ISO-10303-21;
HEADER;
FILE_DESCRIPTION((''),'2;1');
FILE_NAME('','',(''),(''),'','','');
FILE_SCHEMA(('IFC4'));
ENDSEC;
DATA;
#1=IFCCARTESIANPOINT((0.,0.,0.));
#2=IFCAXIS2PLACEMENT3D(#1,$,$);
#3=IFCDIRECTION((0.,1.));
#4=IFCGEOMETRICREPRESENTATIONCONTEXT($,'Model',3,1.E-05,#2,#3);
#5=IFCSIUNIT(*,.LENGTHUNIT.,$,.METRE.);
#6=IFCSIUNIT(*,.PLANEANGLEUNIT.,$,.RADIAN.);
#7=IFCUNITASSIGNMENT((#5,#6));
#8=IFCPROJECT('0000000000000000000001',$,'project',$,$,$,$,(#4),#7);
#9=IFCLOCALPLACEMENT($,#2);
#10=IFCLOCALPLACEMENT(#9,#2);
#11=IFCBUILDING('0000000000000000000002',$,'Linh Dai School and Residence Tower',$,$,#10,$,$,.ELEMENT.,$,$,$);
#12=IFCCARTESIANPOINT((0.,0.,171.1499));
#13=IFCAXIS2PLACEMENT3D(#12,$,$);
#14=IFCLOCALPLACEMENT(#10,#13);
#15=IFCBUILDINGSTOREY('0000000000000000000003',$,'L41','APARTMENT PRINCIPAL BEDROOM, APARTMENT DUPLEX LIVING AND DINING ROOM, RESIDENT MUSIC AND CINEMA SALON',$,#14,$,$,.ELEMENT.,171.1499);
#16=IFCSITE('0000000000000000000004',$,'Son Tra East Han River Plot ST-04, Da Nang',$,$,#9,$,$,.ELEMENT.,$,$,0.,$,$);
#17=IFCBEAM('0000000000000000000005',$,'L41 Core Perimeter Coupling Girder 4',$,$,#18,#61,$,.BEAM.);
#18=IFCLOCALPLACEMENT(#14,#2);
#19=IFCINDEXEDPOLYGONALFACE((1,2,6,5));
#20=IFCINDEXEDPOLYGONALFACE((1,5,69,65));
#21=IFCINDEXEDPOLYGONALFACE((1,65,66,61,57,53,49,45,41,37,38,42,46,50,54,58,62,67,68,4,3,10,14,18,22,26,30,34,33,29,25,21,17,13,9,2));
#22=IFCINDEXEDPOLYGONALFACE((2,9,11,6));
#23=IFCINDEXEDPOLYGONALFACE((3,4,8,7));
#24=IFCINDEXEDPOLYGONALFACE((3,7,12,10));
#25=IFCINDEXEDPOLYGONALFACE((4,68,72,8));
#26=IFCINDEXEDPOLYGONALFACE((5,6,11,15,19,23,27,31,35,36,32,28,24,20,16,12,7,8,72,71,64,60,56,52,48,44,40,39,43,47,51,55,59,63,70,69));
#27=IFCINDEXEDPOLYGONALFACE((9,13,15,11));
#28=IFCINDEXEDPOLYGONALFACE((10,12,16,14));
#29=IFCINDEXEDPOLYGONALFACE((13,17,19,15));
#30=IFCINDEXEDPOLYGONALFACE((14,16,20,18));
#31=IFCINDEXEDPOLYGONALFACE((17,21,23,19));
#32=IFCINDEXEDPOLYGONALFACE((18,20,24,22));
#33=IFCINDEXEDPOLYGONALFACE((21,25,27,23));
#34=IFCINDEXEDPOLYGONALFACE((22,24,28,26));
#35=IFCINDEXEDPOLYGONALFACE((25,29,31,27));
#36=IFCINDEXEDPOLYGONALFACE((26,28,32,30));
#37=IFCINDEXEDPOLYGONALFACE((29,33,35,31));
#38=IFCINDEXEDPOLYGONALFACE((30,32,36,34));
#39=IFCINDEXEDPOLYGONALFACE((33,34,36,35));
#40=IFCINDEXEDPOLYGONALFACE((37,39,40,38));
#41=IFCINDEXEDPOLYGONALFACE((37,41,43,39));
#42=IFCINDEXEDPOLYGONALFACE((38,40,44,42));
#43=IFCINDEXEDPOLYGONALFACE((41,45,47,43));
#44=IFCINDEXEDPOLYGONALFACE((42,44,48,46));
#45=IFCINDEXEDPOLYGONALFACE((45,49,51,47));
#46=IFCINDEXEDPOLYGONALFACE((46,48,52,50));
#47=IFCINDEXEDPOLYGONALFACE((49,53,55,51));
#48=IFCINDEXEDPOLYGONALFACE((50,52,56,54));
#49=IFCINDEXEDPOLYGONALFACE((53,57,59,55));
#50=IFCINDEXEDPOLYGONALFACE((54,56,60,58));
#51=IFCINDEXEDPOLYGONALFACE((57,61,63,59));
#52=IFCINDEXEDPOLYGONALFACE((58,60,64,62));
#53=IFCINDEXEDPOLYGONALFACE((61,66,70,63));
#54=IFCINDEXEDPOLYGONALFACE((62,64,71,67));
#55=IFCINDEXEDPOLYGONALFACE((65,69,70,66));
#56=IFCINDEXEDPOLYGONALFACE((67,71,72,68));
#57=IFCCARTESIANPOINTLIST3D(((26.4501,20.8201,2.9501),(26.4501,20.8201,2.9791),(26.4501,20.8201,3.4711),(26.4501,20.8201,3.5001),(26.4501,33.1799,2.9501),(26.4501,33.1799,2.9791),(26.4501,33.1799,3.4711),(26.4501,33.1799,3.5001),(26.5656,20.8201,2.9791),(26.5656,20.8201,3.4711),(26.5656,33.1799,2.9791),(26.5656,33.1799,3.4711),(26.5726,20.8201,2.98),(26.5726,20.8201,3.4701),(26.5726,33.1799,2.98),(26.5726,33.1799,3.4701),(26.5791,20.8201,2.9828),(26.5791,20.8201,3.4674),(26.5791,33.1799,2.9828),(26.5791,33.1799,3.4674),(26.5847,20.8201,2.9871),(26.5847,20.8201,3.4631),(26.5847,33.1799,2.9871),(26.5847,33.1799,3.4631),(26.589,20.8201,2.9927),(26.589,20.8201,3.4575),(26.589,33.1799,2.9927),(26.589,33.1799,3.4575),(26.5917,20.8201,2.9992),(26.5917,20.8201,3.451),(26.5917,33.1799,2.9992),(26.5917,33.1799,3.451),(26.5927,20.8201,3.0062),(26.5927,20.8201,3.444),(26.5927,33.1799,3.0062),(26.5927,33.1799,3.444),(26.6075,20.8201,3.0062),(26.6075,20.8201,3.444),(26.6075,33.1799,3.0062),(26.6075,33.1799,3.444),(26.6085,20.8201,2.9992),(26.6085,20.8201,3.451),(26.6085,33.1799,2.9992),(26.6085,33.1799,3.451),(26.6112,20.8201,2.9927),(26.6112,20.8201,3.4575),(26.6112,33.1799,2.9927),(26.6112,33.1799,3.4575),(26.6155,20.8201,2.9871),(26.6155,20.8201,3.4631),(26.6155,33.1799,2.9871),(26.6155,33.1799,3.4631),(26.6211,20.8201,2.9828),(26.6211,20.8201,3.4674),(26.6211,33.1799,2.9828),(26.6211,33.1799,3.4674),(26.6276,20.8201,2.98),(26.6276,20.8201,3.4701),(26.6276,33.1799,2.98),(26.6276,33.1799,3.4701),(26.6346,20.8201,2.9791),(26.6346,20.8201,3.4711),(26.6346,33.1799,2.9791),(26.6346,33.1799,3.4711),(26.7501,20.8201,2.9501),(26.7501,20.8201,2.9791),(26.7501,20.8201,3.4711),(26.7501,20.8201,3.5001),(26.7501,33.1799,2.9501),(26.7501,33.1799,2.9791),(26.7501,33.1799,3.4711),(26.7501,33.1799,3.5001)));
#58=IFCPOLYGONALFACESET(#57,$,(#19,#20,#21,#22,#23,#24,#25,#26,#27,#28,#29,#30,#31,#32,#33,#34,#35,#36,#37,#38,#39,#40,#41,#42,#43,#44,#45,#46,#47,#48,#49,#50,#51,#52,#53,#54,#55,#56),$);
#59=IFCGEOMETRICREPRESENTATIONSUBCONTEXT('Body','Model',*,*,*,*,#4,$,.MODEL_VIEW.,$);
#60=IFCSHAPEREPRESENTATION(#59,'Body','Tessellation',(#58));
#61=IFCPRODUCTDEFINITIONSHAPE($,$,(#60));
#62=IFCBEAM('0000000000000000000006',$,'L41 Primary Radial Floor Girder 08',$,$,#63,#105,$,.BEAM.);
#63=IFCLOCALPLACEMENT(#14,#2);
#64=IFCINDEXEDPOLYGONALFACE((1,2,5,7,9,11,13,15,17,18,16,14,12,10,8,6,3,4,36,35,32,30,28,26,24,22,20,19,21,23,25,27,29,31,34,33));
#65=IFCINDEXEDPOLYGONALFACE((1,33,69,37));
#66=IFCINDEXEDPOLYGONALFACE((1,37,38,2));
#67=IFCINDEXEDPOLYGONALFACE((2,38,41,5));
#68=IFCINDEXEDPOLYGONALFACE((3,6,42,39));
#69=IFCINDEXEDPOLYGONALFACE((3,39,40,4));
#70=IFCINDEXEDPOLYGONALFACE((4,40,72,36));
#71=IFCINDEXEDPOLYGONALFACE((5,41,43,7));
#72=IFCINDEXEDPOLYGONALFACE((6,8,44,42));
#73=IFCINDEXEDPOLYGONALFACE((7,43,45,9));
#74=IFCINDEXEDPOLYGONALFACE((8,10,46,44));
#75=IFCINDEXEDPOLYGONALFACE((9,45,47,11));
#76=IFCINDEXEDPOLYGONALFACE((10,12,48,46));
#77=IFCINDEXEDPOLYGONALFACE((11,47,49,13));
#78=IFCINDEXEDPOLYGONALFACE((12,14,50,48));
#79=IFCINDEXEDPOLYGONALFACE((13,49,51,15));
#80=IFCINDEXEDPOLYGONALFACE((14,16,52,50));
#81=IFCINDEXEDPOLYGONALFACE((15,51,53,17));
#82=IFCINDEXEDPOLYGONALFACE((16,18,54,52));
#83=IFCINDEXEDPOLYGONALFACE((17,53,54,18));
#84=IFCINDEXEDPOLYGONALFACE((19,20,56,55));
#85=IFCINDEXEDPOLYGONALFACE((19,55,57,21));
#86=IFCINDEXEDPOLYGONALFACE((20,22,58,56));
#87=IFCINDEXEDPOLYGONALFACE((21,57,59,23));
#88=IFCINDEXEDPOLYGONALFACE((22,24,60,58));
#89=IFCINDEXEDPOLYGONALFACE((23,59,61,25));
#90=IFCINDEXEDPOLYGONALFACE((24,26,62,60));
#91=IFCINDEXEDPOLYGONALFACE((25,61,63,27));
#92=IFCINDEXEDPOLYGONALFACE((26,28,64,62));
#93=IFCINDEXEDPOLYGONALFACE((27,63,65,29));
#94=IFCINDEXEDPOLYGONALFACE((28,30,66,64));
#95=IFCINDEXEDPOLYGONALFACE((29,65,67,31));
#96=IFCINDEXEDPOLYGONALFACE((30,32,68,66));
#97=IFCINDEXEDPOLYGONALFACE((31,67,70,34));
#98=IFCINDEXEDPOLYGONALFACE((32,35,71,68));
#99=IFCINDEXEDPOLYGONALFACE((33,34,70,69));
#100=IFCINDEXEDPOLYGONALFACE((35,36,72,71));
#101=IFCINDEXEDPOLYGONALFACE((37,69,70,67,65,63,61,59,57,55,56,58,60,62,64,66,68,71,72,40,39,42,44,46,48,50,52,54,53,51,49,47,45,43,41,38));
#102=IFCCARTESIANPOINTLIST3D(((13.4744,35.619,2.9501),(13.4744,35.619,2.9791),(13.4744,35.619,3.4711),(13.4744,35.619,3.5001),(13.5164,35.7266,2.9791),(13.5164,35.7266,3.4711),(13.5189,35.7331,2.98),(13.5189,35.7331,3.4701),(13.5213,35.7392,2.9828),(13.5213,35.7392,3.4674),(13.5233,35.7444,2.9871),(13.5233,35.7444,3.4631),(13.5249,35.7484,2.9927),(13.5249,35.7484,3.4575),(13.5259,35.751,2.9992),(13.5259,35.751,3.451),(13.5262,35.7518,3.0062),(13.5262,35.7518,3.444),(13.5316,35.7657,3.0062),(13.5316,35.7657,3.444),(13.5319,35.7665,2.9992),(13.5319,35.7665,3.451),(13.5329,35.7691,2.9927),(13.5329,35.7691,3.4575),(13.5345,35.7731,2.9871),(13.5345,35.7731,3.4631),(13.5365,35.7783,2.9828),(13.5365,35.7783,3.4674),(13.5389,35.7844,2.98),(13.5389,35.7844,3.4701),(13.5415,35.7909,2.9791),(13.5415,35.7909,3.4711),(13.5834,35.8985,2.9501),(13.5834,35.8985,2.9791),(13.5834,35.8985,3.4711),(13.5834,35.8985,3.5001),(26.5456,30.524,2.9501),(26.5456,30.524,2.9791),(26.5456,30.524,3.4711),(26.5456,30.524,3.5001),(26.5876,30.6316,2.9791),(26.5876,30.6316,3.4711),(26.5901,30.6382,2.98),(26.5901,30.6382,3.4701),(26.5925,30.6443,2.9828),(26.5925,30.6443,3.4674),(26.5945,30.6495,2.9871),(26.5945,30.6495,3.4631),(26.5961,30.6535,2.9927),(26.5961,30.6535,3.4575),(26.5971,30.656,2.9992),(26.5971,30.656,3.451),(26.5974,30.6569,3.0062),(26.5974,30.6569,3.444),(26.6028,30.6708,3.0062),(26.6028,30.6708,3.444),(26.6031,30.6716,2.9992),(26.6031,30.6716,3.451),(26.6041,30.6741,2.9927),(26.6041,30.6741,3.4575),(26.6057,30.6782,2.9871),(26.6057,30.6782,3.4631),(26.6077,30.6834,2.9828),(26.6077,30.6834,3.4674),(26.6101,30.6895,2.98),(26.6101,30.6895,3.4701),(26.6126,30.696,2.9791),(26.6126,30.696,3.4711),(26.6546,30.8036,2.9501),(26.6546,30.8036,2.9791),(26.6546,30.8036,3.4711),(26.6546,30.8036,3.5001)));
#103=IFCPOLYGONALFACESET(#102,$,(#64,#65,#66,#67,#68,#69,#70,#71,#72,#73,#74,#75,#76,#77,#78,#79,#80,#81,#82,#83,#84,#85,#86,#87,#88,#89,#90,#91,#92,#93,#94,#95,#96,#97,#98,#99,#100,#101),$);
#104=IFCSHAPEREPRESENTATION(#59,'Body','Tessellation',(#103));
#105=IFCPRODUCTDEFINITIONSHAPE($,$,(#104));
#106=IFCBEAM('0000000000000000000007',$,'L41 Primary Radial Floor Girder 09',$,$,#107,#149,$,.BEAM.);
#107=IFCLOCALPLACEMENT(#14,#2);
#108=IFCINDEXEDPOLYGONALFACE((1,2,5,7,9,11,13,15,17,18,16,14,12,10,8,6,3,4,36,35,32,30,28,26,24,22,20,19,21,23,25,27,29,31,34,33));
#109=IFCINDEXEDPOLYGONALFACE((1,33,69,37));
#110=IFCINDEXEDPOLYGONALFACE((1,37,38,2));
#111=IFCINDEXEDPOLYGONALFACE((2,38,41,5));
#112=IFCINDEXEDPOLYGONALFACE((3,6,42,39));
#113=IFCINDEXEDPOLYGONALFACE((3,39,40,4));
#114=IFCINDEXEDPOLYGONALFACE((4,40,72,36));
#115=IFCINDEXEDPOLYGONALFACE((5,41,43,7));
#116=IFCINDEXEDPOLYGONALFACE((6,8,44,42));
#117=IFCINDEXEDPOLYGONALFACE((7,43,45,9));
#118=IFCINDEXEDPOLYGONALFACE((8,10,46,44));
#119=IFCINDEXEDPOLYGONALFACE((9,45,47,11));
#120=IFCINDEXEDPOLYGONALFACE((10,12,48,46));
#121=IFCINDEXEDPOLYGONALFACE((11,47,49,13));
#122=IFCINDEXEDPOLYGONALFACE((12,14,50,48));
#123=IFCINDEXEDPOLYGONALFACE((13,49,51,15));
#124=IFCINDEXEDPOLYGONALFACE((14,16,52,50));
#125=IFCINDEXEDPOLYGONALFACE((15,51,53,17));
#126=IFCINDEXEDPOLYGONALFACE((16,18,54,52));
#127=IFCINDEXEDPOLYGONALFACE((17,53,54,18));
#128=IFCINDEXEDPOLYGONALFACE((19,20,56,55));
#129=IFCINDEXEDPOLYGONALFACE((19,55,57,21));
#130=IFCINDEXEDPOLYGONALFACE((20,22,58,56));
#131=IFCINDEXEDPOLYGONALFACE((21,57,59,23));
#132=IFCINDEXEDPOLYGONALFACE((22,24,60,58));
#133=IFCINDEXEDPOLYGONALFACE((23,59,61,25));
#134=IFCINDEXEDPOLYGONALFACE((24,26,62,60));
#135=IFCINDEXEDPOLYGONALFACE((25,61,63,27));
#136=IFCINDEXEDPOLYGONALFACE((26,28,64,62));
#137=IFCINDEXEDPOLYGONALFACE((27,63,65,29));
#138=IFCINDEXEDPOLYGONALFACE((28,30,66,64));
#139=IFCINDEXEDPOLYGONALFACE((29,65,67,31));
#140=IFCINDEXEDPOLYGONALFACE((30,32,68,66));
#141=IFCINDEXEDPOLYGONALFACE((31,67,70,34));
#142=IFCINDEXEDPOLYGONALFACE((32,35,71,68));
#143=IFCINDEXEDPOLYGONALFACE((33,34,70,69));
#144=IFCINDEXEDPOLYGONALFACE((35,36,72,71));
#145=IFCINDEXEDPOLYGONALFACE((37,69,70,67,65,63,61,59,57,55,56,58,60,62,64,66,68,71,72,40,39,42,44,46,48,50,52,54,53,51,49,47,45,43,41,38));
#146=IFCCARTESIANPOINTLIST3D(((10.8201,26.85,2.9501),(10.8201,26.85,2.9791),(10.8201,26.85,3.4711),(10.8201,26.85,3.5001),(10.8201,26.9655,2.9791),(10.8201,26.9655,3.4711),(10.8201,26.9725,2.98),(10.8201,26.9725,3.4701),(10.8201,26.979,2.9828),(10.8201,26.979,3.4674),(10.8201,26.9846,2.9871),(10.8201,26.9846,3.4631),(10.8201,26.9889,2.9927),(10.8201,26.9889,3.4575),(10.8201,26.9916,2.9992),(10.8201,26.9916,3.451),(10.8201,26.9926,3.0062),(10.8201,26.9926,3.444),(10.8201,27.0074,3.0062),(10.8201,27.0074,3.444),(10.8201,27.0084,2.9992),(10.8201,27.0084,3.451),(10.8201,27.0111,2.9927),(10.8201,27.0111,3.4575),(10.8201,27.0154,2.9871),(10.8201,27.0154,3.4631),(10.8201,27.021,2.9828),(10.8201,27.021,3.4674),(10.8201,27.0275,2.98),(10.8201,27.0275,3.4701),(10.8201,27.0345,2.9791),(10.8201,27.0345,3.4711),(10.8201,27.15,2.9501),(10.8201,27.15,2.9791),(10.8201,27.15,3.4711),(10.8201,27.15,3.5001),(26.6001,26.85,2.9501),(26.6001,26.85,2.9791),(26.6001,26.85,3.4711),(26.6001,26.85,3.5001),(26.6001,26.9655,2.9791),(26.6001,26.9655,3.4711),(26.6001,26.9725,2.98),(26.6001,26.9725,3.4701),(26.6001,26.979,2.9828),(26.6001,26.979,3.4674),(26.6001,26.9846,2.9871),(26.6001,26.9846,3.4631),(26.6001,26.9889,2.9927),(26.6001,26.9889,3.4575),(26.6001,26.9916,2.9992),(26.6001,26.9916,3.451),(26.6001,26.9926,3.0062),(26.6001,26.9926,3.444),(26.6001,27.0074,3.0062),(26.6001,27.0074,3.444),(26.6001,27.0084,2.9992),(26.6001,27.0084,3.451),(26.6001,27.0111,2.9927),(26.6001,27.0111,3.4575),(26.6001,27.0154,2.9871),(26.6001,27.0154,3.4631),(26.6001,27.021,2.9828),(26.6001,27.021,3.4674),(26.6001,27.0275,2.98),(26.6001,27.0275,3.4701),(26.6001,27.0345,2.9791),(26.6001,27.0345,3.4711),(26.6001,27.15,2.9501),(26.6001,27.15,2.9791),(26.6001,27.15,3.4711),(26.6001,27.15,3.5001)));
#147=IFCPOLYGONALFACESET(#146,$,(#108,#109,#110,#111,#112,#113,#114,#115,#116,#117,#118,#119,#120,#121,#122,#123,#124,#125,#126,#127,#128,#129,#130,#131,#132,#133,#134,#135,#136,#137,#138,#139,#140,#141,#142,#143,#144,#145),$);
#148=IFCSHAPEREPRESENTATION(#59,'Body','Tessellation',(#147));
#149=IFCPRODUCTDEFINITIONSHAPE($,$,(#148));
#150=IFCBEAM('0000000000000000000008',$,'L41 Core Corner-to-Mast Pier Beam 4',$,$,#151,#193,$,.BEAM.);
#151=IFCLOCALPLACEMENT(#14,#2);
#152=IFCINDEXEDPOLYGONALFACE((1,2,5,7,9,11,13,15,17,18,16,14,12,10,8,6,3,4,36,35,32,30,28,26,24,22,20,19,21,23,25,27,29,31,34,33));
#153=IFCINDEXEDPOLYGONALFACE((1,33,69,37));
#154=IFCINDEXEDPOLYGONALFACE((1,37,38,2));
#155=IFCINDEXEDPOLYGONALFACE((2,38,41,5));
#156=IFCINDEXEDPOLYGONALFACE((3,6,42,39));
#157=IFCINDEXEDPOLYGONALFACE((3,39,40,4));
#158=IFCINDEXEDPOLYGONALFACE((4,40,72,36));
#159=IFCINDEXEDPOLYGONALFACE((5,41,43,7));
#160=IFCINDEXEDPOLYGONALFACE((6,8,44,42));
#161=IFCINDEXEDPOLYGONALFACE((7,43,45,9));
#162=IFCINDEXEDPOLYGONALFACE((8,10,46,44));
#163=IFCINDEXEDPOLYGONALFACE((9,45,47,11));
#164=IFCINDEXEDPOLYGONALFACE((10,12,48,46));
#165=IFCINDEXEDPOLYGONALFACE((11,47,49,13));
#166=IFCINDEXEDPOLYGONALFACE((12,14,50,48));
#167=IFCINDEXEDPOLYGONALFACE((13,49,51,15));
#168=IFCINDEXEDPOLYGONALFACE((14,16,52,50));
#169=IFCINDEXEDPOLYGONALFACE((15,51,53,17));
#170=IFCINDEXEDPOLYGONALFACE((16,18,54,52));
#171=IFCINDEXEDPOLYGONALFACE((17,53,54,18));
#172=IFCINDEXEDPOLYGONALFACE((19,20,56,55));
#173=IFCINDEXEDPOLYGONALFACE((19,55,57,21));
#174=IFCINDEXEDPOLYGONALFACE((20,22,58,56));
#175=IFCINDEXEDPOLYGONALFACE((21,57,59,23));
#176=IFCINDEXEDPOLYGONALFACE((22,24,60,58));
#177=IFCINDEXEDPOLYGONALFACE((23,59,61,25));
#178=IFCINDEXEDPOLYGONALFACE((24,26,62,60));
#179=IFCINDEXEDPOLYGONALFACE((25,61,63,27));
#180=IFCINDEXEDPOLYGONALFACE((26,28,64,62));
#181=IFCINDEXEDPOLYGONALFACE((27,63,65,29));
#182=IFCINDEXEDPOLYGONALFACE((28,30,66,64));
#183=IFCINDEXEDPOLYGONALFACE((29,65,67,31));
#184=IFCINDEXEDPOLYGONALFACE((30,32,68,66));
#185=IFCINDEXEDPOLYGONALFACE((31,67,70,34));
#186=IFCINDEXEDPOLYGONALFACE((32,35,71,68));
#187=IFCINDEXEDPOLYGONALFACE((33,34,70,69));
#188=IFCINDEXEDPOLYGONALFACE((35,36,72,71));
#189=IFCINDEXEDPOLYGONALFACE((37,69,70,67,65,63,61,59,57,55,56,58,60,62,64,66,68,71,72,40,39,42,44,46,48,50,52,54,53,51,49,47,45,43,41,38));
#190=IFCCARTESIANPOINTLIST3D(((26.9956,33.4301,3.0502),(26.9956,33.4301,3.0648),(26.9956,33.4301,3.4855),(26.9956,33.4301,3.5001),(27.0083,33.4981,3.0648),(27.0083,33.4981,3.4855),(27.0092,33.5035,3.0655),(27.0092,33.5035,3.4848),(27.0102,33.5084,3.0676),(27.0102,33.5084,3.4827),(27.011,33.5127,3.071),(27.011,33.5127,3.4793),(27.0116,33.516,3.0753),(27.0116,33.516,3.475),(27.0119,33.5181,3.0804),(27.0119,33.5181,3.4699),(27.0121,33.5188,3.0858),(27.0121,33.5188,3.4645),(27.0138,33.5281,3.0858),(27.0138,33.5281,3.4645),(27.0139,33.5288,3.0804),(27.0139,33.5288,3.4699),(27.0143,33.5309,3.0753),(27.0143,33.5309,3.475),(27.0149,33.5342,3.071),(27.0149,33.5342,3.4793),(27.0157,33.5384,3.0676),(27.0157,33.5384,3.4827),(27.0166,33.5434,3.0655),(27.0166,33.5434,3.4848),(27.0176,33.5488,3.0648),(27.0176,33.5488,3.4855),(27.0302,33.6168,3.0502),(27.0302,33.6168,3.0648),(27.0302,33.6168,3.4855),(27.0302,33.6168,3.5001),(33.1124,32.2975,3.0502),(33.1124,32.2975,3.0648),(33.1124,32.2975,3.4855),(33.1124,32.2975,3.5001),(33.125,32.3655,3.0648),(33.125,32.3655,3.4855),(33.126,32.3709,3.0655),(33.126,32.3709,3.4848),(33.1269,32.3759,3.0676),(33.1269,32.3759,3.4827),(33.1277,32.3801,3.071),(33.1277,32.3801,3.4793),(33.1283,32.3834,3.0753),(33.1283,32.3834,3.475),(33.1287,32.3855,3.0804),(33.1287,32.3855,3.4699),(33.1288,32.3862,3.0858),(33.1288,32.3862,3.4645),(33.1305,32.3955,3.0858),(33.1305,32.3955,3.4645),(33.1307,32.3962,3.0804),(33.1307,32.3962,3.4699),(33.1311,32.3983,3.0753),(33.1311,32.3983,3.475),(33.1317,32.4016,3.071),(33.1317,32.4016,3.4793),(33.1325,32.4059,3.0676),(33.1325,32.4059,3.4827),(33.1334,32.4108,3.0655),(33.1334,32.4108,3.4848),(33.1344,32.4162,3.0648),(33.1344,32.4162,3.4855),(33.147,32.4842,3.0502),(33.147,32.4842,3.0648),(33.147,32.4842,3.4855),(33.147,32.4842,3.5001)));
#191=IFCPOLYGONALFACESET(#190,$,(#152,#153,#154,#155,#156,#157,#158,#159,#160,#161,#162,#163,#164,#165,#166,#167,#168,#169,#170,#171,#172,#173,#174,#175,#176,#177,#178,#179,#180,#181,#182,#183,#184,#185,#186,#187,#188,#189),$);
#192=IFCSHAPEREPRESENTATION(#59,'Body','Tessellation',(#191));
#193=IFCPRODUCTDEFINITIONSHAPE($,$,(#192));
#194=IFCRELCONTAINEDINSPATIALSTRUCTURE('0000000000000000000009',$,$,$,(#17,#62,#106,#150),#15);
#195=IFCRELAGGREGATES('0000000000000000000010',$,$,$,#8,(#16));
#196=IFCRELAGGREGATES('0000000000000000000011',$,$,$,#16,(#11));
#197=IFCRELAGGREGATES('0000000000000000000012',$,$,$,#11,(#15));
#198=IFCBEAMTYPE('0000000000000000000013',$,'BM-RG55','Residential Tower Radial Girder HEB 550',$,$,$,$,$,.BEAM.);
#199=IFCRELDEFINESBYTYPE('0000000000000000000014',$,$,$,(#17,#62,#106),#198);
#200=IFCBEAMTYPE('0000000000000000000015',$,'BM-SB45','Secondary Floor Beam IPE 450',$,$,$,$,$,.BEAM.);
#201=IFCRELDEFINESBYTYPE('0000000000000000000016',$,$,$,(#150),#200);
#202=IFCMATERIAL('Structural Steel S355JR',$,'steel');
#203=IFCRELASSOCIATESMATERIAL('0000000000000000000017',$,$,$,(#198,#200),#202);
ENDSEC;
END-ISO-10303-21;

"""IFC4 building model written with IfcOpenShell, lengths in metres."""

from ifc_helpers import new_model, si_unit, direction, frame, origin, origin_2d, place, context, subcontext, project, spatial, i_section, extrude, material, material_profile, profile_set, type_object, element, save


model = new_model("IFC4")

# Units and contexts
model_context = context("Model", 3, precision=1e-05, world=origin(), true_north=direction((0.0, 1.0)))
body_context = subcontext(model_context, "Body", "Model", "MODEL_VIEW")
ifc_project = project(units=[si_unit("LENGTHUNIT", "METRE"), si_unit("PLANEANGLEUNIT", "RADIAN")], contexts=[model_context])

# Site, building, storey
site_placement = place(None, origin())
site = spatial("IfcSite", under=ifc_project, at=site_placement, Name="Son Tra East Han River Plot ST-04, Da Nang", CompositionType="ELEMENT", RefElevation=0.0)
building_placement = place(site_placement, origin())
building = spatial("IfcBuilding", under=site, at=building_placement, Name="Linh Dai School and Residence Tower", CompositionType="ELEMENT")
storey_placement = place(building_placement, frame((0.0, 0.0, 171.1499)))
storey = spatial("IfcBuildingStorey", under=building, at=storey_placement, Name="L41", Description="APARTMENT PRINCIPAL BEDROOM, APARTMENT DUPLEX LIVING AND DINING ROOM, RESIDENT MUSIC AND CINEMA SALON", CompositionType="ELEMENT", Elevation=171.1499)

# Shared definitions
ifc_material_1 = material(Name="Structural Steel S355JR", Category="steel")

# Beams
ifc_material_profile_1 = material_profile(ifc_material_1, i_section(OverallWidth=0.3, OverallDepth=0.55, WebThickness=0.0149, FlangeThickness=0.0291, FilletRadius=0.0271, at=origin_2d()), Name="HEB 550")
ifc_profile_set_1 = profile_set([ifc_material_profile_1], Name="Structural Steel S355JR")
beam_type_1 = type_object("IfcBeamType", Name="BM-RG55", Description="Residential Tower Radial Girder HEB 550", PredefinedType="BEAM", material=ifc_profile_set_1)
beam_1_placement = place(storey_placement, frame((26.6001, 33.1799, 3.2251), z_axis=(0.0, -1.0, 0.0), x_axis=(1.0, 0.0, 0.0)))
element("IfcBeam", 1, at=beam_1_placement, inside=storey, type_object=beam_type_1, Name="L41 Core Perimeter Coupling Girder 4", PredefinedType="BEAM", context=body_context, shape_type="SweptSolid", body=[
    extrude(i_section(OverallWidth=0.3, OverallDepth=0.55, WebThickness=0.0149, FlangeThickness=0.0291, FilletRadius=0.0271, at=origin_2d()), origin(), (0.0, 0.0, 1.0), 12.3599),
])
beam_2_placement = place(storey_placement, frame((26.6001, 30.6638, 3.2251), z_axis=(-0.931723, 0.36317, 0.0), x_axis=(-0.36317, -0.931723, 0.0)))
element("IfcBeam", 2, at=beam_2_placement, inside=storey, type_object=beam_type_1, Name="L41 Primary Radial Floor Girder 08", PredefinedType="BEAM", context=body_context, shape_type="SweptSolid", body=[
    extrude(i_section(OverallWidth=0.3, OverallDepth=0.55, WebThickness=0.0149, FlangeThickness=0.0291, FilletRadius=0.0271, at=origin_2d()), origin(), (0.0, 0.0, 1.0), 14.0291),
])
beam_3_placement = place(storey_placement, frame((26.6001, 27.0, 3.2251), z_axis=(-1.0, 0.0, 0.0), x_axis=(0.0, -1.0, 0.0)))
element("IfcBeam", 3, at=beam_3_placement, inside=storey, type_object=beam_type_1, Name="L41 Primary Radial Floor Girder 09", PredefinedType="BEAM", context=body_context, shape_type="SweptSolid", body=[
    extrude(i_section(OverallWidth=0.3, OverallDepth=0.55, WebThickness=0.0149, FlangeThickness=0.0291, FilletRadius=0.0271, at=origin_2d()), origin(), (0.0, 0.0, 1.0), 15.78),
])
ifc_material_profile_2 = material_profile(ifc_material_1, i_section(OverallWidth=0.1899, OverallDepth=0.45, WebThickness=0.0095, FlangeThickness=0.0146, FilletRadius=0.021, at=origin_2d()), Name="IPE 450")
ifc_profile_set_2 = profile_set([ifc_material_profile_2], Name="Structural Steel S355JR")
beam_type_2 = type_object("IfcBeamType", Name="BM-SB45", Description="Secondary Floor Beam IPE 450", PredefinedType="BEAM", material=ifc_profile_set_2)
beam_4_placement = place(storey_placement, frame((27.0129, 33.5234, 3.2751), z_axis=(0.983286, -0.182065, 0.0), x_axis=(0.182065, 0.983286, 0.0)))
element("IfcBeam", 4, at=beam_4_placement, inside=storey, type_object=beam_type_2, Name="L41 Core Corner-to-Mast Pier Beam 4", PredefinedType="BEAM", context=body_context, shape_type="SweptSolid", body=[
    extrude(i_section(OverallWidth=0.1899, OverallDepth=0.45, WebThickness=0.0095, FlangeThickness=0.0146, FilletRadius=0.021, at=origin_2d()), origin(), (0.0, 0.0, 1.0), 6.2207),
])

save(model, "model.ifc")
